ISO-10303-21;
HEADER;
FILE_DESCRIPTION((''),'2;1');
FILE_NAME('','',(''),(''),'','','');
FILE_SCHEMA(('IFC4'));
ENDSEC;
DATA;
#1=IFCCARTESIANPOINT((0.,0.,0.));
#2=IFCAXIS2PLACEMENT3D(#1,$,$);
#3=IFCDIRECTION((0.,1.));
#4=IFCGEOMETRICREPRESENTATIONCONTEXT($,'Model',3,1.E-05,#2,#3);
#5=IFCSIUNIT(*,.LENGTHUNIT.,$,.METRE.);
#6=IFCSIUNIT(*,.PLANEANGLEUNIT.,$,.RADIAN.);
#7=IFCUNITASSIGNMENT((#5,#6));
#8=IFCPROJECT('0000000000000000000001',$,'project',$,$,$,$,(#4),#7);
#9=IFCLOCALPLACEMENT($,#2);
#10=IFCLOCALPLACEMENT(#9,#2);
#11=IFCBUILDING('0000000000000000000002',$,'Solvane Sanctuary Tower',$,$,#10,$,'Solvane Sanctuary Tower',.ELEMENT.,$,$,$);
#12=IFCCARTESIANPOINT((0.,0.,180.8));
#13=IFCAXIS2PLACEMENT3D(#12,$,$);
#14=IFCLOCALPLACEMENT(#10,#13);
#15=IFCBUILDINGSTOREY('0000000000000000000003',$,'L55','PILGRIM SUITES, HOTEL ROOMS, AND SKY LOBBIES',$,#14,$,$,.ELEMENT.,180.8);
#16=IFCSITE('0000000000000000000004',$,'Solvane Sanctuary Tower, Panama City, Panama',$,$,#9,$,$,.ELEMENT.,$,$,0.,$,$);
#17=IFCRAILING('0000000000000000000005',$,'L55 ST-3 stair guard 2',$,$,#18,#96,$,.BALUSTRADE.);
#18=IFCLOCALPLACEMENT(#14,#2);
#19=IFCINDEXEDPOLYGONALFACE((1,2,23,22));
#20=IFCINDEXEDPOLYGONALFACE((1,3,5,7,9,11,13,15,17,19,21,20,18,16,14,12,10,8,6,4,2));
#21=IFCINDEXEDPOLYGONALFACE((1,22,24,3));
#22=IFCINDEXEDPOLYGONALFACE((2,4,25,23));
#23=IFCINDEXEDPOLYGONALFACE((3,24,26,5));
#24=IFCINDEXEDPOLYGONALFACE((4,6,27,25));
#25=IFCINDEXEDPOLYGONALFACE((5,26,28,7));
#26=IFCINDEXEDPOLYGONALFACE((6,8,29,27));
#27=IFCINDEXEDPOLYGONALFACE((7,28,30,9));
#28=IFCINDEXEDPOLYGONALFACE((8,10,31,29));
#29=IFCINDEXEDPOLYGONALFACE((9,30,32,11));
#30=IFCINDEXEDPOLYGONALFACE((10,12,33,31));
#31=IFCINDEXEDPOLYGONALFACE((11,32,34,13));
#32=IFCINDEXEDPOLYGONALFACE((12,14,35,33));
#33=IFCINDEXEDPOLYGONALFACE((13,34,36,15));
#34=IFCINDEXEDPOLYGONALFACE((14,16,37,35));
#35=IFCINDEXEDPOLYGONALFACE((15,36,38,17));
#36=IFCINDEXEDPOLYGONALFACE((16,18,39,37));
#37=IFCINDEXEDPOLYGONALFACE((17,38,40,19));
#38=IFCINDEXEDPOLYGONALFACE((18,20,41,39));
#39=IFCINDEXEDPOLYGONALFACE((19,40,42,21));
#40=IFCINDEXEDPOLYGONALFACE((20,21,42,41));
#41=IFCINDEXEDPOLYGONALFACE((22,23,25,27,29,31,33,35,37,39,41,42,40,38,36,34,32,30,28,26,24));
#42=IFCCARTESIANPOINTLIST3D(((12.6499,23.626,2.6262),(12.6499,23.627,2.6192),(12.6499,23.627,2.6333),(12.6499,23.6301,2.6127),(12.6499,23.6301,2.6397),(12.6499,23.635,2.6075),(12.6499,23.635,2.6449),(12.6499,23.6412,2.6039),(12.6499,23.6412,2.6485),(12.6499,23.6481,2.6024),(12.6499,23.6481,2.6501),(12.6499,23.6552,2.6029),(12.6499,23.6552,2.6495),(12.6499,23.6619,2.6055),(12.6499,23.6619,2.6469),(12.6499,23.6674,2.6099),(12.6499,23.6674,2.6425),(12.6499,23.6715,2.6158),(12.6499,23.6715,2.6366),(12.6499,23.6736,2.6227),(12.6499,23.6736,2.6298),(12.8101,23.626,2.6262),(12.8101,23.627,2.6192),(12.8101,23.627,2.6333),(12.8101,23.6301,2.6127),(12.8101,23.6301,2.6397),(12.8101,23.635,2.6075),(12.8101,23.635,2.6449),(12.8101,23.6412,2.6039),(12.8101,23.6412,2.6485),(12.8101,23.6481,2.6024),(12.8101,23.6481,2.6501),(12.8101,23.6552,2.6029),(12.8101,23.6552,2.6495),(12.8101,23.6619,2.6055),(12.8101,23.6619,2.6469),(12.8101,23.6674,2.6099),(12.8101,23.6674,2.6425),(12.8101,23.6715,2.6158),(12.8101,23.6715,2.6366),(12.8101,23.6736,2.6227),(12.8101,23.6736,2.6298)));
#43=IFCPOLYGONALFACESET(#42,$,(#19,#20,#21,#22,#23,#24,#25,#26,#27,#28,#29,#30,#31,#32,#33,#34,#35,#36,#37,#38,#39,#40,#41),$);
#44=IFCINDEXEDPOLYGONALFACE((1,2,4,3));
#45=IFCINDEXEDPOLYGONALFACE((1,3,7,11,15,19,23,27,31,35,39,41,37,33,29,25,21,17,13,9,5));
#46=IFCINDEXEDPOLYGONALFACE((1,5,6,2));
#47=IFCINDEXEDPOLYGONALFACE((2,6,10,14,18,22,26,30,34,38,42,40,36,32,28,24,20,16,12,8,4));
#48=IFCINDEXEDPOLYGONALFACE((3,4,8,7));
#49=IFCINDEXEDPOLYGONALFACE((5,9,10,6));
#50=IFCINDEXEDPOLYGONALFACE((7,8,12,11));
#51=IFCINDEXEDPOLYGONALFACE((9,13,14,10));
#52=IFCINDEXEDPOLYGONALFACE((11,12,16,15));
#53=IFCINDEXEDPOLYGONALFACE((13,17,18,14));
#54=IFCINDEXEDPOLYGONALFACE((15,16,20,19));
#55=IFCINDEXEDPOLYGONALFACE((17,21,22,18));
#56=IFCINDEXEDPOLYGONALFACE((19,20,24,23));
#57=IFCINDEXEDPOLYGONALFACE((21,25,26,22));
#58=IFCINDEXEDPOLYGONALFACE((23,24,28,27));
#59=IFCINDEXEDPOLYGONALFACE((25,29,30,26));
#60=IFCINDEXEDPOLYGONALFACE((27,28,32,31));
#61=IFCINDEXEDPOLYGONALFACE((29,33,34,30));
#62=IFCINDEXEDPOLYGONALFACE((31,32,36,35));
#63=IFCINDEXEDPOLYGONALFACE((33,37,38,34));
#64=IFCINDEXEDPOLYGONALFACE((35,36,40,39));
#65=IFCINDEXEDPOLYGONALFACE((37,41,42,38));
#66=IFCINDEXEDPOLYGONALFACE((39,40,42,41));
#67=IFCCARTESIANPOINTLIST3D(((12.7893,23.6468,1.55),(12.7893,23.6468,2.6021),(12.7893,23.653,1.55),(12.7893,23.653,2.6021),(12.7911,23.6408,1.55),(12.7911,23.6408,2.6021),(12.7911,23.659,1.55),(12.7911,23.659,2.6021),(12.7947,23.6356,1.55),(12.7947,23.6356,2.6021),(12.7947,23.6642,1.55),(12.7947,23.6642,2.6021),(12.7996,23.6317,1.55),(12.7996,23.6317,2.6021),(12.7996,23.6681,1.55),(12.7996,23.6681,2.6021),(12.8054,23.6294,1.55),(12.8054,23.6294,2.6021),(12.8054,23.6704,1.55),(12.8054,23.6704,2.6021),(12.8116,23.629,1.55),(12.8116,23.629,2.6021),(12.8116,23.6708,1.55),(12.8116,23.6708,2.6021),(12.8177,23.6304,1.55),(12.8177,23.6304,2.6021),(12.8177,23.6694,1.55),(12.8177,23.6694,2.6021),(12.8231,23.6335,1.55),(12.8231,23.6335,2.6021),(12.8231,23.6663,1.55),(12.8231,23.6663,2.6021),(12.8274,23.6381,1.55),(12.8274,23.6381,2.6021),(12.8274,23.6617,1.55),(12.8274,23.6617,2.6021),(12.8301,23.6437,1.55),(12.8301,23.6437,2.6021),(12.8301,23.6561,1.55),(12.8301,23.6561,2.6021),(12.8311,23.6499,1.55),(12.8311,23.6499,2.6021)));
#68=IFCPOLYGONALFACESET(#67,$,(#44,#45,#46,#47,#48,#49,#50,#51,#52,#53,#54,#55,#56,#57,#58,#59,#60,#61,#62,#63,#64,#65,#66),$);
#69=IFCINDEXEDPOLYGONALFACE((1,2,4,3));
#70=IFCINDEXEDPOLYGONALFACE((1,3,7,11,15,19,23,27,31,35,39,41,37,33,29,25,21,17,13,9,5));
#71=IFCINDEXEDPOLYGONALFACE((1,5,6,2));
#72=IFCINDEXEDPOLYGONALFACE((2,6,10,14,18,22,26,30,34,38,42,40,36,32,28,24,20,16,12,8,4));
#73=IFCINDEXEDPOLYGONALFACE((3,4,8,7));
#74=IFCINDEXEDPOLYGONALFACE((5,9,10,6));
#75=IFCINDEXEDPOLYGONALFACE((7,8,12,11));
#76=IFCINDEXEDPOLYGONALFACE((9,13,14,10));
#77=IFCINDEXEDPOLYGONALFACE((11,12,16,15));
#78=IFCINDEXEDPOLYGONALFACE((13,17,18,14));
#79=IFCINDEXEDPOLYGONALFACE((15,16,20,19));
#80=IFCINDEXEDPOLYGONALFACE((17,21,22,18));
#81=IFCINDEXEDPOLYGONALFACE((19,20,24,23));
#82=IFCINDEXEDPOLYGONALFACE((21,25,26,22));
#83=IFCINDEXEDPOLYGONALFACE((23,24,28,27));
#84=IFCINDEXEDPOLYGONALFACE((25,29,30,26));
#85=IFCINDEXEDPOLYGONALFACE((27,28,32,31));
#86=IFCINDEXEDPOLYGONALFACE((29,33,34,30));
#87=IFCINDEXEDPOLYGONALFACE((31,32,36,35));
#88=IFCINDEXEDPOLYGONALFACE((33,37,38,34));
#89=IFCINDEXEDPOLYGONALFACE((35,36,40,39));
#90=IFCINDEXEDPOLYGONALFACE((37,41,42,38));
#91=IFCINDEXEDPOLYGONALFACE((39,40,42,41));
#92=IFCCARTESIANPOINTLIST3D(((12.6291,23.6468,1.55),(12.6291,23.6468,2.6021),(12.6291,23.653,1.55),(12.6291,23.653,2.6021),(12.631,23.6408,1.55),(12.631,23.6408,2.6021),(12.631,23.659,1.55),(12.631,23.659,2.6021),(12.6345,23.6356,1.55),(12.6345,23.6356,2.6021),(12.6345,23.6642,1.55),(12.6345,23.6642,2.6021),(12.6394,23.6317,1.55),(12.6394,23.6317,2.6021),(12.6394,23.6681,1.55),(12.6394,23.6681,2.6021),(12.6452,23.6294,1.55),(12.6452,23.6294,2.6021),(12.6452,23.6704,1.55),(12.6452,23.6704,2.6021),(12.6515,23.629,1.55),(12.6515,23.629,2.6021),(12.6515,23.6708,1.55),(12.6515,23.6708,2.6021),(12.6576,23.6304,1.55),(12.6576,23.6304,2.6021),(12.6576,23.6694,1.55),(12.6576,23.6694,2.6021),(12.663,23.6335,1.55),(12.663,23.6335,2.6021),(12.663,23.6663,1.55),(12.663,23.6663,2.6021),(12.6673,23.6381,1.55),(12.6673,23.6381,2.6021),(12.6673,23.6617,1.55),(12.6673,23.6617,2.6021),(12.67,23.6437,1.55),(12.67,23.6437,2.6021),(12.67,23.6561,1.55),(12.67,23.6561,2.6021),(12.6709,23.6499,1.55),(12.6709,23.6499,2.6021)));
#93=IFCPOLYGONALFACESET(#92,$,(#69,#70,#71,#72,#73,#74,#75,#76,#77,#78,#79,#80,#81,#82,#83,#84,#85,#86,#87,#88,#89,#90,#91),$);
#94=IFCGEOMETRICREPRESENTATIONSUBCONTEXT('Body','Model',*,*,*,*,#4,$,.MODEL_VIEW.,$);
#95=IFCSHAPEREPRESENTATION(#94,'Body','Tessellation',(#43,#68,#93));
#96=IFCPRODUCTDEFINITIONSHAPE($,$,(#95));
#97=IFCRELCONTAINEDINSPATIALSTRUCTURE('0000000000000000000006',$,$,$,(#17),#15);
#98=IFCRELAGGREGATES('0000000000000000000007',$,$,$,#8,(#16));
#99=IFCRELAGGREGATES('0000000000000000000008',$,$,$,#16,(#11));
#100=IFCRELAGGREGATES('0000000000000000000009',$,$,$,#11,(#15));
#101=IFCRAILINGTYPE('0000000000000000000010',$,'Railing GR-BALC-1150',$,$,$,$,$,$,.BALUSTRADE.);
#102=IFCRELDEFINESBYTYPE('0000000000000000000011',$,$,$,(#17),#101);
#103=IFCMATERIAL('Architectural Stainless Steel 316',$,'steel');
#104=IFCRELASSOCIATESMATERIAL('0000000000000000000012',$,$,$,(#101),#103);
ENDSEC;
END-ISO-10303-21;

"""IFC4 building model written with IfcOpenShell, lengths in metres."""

from ifc_helpers import new_model, si_unit, direction, frame, origin, origin_2d, place, context, subcontext, project, spatial, circle, extrude, material, type_object, element, save


model = new_model("IFC4")

# Units and contexts
model_context = context("Model", 3, precision=1e-05, world=origin(), true_north=direction((0.0, 1.0)))
body_context = subcontext(model_context, "Body", "Model", "MODEL_VIEW")
ifc_project = project(units=[si_unit("LENGTHUNIT", "METRE"), si_unit("PLANEANGLEUNIT", "RADIAN")], contexts=[model_context])

# Site, building, storey
site_placement = place(None, origin())
site = spatial("IfcSite", under=ifc_project, at=site_placement, Name="Solvane Sanctuary Tower, Panama City, Panama", CompositionType="ELEMENT", RefElevation=0.0)
building_placement = place(site_placement, origin())
building = spatial("IfcBuilding", under=site, at=building_placement, Name="Solvane Sanctuary Tower", LongName="Solvane Sanctuary Tower", CompositionType="ELEMENT")
storey_placement = place(building_placement, frame((0.0, 0.0, 180.8)))
storey = spatial("IfcBuildingStorey", under=building, at=storey_placement, Name="L55", Description="PILGRIM SUITES, HOTEL ROOMS, AND SKY LOBBIES", CompositionType="ELEMENT", Elevation=180.8)

# Railing
ifc_material_1 = material(Name="Architectural Stainless Steel 316", Category="steel")
railing_type_1 = type_object("IfcRailingType", Name="Railing GR-BALC-1150", PredefinedType="BALUSTRADE", material=ifc_material_1)
railing_1_placement = place(storey_placement, frame((12.8101, 23.6499, 1.55)))
element("IfcRailing", 1, at=railing_1_placement, inside=storey, type_object=railing_type_1, Name="L55 ST-3 stair guard 2", PredefinedType="BALUSTRADE", context=body_context, shape_type="SweptSolid", body=[
    extrude(circle(Radius=0.0239, at=origin_2d()), frame((0.0, 0.0, 1.0762), z_axis=(-1.0, 0.0, 0.0), x_axis=(0.0, -1.0, 0.0)), (0.0, 0.0, 1.0), 0.1602),
    extrude(circle(Radius=0.021, at=origin_2d()), origin(), (0.0, 0.0, 1.0), 1.052),
    extrude(circle(Radius=0.021, at=origin_2d()), frame((-0.1602, 0.0, 0.0)), (0.0, 0.0, 1.0), 1.052),
])

save(model, "model.ifc")
